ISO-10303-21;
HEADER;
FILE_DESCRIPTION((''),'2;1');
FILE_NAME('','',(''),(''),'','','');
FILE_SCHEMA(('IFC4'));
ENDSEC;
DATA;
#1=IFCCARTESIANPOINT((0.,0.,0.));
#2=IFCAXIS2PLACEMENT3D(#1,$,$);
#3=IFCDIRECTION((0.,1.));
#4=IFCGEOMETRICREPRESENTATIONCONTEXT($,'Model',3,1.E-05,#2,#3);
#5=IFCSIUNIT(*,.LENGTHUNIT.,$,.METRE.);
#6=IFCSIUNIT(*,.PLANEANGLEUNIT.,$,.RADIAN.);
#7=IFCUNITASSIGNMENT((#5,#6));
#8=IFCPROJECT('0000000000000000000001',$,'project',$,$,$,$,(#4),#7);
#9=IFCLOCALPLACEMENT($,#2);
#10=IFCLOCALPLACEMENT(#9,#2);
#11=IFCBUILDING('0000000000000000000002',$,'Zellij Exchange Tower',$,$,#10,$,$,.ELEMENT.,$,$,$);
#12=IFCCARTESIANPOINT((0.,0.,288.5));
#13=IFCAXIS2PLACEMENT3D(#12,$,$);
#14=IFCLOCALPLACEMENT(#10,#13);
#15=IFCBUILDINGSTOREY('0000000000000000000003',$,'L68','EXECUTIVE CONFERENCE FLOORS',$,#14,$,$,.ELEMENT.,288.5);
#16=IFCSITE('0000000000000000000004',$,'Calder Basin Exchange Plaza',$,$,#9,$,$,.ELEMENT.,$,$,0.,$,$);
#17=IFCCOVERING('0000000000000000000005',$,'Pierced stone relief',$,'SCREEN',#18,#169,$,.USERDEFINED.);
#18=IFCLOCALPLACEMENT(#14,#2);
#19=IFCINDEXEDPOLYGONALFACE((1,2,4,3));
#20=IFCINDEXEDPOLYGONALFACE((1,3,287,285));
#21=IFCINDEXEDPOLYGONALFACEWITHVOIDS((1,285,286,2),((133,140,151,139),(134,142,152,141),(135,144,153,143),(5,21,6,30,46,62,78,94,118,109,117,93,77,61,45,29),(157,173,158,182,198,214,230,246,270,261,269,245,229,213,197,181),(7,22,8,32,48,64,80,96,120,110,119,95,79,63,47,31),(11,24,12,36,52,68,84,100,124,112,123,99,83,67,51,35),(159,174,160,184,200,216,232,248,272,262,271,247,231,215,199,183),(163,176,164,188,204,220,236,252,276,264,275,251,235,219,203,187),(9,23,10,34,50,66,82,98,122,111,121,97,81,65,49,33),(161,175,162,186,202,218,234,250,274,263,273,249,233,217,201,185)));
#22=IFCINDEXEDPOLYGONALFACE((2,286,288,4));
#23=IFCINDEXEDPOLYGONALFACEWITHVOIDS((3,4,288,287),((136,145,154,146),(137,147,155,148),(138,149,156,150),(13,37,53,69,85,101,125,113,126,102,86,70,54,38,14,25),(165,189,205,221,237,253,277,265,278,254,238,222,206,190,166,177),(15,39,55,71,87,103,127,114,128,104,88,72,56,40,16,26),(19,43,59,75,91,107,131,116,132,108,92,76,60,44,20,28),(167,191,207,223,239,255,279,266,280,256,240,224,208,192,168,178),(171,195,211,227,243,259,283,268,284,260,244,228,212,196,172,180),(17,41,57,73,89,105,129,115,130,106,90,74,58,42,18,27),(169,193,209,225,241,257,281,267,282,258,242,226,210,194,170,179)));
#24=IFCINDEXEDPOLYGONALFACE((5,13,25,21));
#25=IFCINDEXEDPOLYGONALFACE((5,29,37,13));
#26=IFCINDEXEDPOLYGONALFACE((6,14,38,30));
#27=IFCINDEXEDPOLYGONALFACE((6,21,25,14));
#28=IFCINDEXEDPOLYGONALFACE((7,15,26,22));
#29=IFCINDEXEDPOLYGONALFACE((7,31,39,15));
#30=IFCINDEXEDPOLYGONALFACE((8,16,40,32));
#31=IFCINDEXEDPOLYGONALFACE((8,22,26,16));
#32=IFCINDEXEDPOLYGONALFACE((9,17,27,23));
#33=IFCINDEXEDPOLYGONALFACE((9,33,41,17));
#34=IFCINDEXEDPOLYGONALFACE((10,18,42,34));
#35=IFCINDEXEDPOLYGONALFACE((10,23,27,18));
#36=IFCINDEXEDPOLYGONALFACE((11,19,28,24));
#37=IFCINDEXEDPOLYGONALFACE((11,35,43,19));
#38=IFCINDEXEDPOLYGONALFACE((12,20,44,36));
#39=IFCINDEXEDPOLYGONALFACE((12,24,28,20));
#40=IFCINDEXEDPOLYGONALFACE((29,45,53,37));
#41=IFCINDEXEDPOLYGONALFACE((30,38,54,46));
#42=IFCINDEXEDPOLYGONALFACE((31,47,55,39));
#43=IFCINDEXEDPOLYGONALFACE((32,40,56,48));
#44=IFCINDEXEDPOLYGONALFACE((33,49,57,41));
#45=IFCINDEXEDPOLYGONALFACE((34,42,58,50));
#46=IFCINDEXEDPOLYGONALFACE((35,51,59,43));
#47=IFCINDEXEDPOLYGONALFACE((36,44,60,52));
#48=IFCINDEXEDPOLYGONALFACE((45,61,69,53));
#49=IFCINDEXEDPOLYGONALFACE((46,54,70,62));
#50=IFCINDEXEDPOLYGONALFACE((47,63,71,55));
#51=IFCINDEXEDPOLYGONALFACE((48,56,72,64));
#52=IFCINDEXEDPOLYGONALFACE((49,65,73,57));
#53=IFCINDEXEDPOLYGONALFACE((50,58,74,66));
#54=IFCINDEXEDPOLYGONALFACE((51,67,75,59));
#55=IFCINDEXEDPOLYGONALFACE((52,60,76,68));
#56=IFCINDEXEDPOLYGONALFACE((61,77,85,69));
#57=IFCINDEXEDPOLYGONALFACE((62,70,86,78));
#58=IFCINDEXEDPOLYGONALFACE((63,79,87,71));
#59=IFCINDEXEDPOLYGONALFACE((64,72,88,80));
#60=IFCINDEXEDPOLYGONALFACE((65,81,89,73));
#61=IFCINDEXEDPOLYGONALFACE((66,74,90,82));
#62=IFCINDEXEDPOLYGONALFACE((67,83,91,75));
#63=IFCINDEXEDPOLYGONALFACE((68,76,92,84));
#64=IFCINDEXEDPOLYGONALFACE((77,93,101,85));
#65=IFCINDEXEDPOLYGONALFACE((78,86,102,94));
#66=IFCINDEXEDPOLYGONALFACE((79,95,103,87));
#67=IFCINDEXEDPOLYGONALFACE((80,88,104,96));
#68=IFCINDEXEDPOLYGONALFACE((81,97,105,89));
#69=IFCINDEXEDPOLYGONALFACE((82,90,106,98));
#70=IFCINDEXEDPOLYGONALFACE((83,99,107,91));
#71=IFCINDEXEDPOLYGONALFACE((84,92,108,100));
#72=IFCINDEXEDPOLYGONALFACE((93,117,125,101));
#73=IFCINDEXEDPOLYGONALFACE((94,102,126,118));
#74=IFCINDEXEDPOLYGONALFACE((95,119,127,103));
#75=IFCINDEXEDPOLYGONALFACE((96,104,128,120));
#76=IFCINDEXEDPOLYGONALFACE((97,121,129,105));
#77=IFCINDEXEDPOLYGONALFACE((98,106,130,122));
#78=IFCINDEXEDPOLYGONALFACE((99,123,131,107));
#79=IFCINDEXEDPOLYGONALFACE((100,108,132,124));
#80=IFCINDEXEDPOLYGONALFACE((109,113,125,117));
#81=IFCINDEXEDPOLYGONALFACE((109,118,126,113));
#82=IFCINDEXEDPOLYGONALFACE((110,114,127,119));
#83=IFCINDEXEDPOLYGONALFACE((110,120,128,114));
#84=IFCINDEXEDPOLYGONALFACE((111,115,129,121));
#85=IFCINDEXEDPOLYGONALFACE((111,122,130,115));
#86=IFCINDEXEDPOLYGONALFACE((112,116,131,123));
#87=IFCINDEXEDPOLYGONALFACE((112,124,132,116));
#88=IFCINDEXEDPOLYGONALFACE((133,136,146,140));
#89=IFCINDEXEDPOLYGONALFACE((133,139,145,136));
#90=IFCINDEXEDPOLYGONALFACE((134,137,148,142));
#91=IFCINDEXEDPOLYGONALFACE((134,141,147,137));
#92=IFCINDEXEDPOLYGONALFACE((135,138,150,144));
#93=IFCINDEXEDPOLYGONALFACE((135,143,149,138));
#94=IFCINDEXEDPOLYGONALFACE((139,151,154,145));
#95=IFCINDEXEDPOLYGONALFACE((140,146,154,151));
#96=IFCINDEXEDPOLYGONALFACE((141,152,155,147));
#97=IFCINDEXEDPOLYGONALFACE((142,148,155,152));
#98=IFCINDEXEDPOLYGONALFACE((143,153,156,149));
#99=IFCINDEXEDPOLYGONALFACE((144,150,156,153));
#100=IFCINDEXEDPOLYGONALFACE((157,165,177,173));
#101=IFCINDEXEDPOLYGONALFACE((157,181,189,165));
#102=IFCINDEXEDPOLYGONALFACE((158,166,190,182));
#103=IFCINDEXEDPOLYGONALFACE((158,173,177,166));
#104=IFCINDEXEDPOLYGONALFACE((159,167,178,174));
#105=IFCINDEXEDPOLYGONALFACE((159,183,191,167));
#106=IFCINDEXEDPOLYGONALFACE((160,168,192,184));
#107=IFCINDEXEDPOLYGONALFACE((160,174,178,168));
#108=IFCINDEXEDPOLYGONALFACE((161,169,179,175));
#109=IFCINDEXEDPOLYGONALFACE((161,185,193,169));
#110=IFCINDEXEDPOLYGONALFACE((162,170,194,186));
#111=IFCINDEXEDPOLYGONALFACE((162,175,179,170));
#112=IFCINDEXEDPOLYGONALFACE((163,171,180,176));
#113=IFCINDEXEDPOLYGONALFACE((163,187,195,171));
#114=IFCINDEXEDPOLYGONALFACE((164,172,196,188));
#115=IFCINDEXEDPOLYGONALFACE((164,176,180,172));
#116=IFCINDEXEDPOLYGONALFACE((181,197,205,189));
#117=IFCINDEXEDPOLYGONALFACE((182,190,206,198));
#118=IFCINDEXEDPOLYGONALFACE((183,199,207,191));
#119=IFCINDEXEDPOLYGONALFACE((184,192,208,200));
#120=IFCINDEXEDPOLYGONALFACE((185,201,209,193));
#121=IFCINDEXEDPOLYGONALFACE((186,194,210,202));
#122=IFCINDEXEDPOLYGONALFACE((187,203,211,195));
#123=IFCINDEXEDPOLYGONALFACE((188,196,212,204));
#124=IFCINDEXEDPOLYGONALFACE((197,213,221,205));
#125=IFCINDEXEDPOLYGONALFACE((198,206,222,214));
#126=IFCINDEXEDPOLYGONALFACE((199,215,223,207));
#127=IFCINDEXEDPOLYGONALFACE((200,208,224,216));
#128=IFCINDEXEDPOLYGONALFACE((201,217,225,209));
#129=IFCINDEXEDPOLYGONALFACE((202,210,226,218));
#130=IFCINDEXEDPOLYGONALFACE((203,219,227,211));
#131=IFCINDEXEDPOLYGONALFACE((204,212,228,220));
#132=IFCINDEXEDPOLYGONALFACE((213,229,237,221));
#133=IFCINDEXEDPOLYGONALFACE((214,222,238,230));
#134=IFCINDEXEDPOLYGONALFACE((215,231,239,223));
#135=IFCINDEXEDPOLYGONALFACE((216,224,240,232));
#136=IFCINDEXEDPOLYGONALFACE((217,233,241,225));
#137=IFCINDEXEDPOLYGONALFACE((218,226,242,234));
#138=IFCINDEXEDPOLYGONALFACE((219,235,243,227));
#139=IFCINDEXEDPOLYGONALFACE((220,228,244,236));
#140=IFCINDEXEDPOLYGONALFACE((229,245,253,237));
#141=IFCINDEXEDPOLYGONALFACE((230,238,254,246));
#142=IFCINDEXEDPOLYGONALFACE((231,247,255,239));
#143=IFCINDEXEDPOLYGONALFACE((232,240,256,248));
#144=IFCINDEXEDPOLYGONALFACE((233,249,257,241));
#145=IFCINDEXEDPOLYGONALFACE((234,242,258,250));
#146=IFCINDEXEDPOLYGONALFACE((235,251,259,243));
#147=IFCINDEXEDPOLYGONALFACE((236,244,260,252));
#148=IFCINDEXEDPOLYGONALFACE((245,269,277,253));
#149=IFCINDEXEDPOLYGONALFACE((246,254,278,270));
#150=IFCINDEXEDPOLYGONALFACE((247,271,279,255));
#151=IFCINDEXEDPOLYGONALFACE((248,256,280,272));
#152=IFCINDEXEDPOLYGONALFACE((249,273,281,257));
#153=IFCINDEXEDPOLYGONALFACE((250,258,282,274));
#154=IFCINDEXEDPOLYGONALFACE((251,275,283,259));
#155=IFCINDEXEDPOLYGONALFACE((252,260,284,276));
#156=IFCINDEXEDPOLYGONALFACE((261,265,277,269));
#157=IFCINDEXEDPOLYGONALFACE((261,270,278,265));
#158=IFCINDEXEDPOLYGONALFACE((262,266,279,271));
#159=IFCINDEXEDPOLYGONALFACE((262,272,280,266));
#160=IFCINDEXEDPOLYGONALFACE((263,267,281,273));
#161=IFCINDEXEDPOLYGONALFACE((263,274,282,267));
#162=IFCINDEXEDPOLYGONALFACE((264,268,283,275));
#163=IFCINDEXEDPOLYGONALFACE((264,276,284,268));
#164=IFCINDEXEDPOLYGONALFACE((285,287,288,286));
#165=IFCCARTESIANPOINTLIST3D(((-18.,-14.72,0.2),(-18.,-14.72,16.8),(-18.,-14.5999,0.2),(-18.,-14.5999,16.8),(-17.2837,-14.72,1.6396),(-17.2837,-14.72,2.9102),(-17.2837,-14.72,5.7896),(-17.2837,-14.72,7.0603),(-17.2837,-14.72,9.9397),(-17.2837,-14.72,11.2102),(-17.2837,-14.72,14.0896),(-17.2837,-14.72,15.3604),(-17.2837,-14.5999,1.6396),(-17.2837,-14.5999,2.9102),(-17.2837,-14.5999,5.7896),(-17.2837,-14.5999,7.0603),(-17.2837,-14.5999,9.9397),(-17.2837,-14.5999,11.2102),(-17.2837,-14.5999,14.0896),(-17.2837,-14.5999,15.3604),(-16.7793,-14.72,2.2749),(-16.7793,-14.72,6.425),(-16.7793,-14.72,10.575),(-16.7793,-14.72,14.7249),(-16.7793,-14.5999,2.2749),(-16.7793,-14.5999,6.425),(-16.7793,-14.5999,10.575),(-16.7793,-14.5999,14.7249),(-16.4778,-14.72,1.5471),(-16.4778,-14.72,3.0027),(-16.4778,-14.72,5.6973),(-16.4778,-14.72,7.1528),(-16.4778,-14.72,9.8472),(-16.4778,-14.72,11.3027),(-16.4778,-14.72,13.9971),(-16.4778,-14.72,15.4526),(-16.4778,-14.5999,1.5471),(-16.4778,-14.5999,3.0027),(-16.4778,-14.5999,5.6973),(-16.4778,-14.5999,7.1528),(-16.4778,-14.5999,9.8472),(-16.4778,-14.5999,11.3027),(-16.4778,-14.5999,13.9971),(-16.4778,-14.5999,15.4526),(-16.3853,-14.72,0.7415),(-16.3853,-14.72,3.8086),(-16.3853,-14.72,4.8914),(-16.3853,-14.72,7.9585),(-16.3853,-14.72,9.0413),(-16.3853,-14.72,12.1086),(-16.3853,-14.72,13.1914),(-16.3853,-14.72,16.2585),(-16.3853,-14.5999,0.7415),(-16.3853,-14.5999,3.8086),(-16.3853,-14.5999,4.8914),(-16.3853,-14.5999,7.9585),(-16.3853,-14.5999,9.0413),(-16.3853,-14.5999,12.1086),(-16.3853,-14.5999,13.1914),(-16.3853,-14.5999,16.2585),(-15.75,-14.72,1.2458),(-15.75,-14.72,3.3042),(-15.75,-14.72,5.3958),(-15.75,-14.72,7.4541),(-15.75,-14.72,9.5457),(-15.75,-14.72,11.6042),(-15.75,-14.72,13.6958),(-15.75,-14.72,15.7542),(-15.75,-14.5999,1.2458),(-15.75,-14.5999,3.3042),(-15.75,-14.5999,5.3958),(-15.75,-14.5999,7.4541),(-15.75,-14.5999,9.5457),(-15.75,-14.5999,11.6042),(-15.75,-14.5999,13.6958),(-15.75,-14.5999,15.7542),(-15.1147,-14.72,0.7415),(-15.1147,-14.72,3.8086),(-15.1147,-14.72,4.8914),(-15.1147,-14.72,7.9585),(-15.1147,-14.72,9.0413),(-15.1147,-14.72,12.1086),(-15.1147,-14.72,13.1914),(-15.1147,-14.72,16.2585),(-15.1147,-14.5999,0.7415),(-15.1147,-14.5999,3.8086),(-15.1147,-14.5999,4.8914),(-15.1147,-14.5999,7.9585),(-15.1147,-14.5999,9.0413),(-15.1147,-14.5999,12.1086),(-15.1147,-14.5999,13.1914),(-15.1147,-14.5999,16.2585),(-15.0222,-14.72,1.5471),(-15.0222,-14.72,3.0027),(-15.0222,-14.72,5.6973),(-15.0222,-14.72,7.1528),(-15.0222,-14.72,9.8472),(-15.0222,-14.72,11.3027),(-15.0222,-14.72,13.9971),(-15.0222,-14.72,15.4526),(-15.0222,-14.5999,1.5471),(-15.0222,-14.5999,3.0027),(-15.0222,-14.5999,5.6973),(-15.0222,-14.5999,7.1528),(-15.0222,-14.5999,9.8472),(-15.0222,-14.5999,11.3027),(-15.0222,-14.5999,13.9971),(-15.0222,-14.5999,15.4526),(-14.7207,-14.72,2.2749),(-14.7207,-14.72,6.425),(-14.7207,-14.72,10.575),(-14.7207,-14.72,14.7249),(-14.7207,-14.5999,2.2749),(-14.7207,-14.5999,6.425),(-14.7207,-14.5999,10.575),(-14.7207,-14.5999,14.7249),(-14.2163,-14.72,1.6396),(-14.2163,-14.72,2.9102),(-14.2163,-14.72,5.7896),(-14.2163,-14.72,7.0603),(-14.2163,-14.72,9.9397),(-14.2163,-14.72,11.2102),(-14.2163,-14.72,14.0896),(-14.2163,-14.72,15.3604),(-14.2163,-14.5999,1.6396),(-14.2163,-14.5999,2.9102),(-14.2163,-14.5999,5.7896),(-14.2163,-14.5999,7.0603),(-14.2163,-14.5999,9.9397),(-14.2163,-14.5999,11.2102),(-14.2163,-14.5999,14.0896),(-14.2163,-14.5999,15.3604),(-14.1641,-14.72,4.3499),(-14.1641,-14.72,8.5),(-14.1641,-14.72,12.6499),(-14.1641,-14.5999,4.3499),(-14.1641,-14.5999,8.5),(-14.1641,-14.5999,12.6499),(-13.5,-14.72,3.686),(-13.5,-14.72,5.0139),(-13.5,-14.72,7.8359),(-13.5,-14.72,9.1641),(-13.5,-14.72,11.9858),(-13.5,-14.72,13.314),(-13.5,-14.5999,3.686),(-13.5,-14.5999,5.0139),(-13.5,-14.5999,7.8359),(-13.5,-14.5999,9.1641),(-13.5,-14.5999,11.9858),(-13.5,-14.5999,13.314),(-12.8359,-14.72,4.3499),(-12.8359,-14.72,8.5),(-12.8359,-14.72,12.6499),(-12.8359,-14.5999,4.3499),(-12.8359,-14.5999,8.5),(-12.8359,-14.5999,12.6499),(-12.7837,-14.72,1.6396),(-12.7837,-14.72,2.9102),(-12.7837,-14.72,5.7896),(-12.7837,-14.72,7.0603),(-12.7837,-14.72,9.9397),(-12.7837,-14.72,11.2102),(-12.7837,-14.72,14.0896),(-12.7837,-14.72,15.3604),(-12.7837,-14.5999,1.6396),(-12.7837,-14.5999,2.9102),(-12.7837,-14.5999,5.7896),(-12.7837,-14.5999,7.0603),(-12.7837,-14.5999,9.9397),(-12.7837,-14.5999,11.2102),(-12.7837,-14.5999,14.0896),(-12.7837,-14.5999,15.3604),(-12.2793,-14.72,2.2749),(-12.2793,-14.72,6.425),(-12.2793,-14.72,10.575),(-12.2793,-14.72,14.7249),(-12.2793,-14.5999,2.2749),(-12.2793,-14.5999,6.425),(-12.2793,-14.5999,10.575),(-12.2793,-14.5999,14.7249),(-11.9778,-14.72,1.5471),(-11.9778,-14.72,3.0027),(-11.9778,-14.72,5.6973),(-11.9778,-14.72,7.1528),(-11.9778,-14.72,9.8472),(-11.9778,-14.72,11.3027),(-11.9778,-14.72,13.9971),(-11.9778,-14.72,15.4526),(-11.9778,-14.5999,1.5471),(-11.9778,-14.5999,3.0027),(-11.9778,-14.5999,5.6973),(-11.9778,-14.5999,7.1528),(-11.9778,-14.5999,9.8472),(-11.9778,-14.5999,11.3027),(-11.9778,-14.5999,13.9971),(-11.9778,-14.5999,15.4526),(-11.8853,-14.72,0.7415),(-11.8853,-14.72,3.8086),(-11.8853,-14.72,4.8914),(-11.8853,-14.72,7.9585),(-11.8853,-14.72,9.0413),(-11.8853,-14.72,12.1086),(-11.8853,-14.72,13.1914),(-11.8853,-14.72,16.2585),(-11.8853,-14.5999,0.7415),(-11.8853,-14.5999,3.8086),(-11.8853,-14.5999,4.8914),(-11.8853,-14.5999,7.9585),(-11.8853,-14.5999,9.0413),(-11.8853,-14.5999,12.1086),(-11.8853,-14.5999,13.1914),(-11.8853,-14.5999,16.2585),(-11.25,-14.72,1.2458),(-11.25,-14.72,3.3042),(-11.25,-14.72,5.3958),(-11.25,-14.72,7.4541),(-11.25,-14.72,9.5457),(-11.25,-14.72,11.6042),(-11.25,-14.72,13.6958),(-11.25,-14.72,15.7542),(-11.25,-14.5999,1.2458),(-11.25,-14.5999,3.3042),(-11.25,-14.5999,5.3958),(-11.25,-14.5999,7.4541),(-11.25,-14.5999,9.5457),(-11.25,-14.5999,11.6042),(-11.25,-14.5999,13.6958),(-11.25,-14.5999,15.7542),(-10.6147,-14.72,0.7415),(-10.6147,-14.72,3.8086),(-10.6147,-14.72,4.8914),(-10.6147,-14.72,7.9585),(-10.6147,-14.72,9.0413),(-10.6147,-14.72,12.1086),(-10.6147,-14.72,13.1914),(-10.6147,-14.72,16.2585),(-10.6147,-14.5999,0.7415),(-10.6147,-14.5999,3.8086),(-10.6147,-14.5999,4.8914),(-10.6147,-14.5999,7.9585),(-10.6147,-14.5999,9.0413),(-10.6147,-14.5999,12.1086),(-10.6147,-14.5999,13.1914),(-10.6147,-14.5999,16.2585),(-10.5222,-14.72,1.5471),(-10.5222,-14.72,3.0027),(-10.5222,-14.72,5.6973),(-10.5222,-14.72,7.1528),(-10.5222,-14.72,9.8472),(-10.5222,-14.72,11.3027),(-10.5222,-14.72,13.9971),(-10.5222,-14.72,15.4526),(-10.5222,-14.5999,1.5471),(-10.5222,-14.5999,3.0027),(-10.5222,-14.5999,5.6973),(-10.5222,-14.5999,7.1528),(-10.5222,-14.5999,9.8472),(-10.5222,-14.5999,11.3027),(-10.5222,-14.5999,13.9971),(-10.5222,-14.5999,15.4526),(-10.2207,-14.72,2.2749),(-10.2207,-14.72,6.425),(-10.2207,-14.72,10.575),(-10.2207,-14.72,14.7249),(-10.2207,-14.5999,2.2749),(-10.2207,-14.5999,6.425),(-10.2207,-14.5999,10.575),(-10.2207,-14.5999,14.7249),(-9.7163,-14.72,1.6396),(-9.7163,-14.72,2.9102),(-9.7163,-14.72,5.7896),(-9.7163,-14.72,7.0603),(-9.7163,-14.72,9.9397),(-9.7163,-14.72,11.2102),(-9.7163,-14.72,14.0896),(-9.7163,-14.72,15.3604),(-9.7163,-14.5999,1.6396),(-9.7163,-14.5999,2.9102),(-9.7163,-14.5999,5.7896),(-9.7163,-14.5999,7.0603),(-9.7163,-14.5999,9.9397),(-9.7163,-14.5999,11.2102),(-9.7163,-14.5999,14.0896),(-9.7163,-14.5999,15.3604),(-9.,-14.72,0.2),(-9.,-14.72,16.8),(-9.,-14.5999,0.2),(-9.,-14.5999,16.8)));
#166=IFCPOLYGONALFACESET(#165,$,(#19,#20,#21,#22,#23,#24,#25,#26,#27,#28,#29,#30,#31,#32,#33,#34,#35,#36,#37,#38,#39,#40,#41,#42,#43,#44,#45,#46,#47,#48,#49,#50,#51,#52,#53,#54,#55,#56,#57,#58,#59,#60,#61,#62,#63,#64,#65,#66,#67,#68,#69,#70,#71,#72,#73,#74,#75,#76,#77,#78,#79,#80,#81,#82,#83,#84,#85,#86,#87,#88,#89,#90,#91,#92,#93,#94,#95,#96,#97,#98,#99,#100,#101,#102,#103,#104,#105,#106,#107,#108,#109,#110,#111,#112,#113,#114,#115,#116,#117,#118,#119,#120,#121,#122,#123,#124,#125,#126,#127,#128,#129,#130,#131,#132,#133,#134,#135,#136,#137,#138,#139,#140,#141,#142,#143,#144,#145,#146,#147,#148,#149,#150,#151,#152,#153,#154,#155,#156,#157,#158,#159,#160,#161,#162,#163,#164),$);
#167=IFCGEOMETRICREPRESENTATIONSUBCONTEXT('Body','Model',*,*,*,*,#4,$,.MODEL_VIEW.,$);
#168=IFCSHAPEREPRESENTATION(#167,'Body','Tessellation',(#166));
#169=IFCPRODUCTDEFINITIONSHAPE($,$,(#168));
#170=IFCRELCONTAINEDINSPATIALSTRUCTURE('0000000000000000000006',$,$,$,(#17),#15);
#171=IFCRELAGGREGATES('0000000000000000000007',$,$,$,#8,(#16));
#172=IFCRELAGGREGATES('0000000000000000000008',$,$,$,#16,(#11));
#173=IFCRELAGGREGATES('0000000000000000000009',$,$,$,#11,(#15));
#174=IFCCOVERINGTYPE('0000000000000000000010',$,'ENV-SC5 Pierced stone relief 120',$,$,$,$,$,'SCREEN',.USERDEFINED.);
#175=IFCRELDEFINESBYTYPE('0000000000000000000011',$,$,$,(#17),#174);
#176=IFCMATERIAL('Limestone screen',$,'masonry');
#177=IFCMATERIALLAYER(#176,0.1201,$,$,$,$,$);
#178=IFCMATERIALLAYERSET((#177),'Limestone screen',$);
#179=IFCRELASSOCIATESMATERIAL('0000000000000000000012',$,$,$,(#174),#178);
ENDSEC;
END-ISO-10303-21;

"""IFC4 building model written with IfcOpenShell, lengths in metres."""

from ifc_helpers import new_model, si_unit, direction, frame, origin, place, context, subcontext, project, spatial, polyline, outline, extrude, material, layer, layer_set, type_object, element, save


model = new_model("IFC4")

# Units and contexts
model_context = context("Model", 3, precision=1e-05, world=origin(), true_north=direction((0.0, 1.0)))
body_context = subcontext(model_context, "Body", "Model", "MODEL_VIEW")
ifc_project = project(units=[si_unit("LENGTHUNIT", "METRE"), si_unit("PLANEANGLEUNIT", "RADIAN")], contexts=[model_context])

# Site, building, storey
site_placement = place(None, origin())
site = spatial("IfcSite", under=ifc_project, at=site_placement, Name="Calder Basin Exchange Plaza", CompositionType="ELEMENT", RefElevation=0.0)
building_placement = place(site_placement, origin())
building = spatial("IfcBuilding", under=site, at=building_placement, Name="Zellij Exchange Tower", CompositionType="ELEMENT")
storey_placement = place(building_placement, frame((0.0, 0.0, 288.5)))
storey = spatial("IfcBuildingStorey", under=building, at=storey_placement, Name="L68", Description="EXECUTIVE CONFERENCE FLOORS", CompositionType="ELEMENT", Elevation=288.5)

# Covering
ifc_material_1 = material(Name="Limestone screen", Category="masonry")
ifc_layer_1 = layer(ifc_material_1, 0.1201)
ifc_layer_set_1 = layer_set([ifc_layer_1], Name="Limestone screen")
covering_type = type_object("IfcCoveringType", Name="ENV-SC5 Pierced stone relief 120", ElementType="SCREEN", PredefinedType="USERDEFINED", material=ifc_layer_set_1)
covering_1_placement = place(storey_placement, frame((-18.0, -14.6599, 0.2), z_axis=(0.0, 0.0, 1.0), x_axis=(1.0, 0.0, 0.0)))
element("IfcCovering", 1, at=covering_1_placement, inside=storey, type_object=covering_type, Name="Pierced stone relief", ObjectType="SCREEN", PredefinedType="USERDEFINED", context=body_context, shape_type="SweptSolid", body=[
    extrude(outline(polyline([(0.0, 0.0), (9.0, 0.0), (9.0, 16.6001), (0.0, 16.6001), (0.0, 0.0)]), holes=[polyline([(3.7837, 2.7102), (2.9778, 2.8027), (2.8853, 3.6086), (2.25, 3.1042), (1.6147, 3.6086), (1.5222, 2.8027), (0.7163, 2.7102), (1.2207, 2.075), (0.7163, 1.4397), (1.5222, 1.3472), (1.6147, 0.5415), (2.25, 1.0459), (2.8853, 0.5415), (2.9778, 1.3472), (3.7837, 1.4397), (3.2793, 2.075), (3.7837, 2.7102)]), polyline([(3.7837, 6.8604), (2.9778, 6.9529), (2.8853, 7.7585), (2.25, 7.2542), (1.6147, 7.7585), (1.5222, 6.9529), (0.7163, 6.8604), (1.2207, 6.2251), (0.7163, 5.5896), (1.5222, 5.4973), (1.6147, 4.6914), (2.25, 5.1958), (2.8853, 4.6914), (2.9778, 5.4973), (3.7837, 5.5896), (3.2793, 6.2251), (3.7837, 6.8604)]), polyline([(3.7837, 11.0103), (2.9778, 11.1028), (2.8853, 11.9087), (2.25, 11.4043), (1.6147, 11.9087), (1.5222, 11.1028), (0.7163, 11.0103), (1.2207, 10.375), (0.7163, 9.7397), (1.5222, 9.6472), (1.6147, 8.8413), (2.25, 9.3457), (2.8853, 8.8413), (2.9778, 9.6472), (3.7837, 9.7397), (3.2793, 10.375), (3.7837, 11.0103)]), polyline([(3.7837, 15.1604), (2.9778, 15.2527), (2.8853, 16.0586), (2.25, 15.5542), (1.6147, 16.0586), (1.5222, 15.2527), (0.7163, 15.1604), (1.2207, 14.5249), (0.7163, 13.8896), (1.5222, 13.7971), (1.6147, 12.9915), (2.25, 13.4958), (2.8853, 12.9915), (2.9778, 13.7971), (3.7837, 13.8896), (3.2793, 14.5249), (3.7837, 15.1604)]), polyline([(8.2837, 2.7102), (7.4778, 2.8027), (7.3853, 3.6086), (6.75, 3.1042), (6.1147, 3.6086), (6.0222, 2.8027), (5.2163, 2.7102), (5.7207, 2.075), (5.2163, 1.4397), (6.0222, 1.3472), (6.1147, 0.5415), (6.75, 1.0459), (7.3853, 0.5415), (7.4778, 1.3472), (8.2837, 1.4397), (7.7793, 2.075), (8.2837, 2.7102)]), polyline([(8.2837, 6.8604), (7.4778, 6.9529), (7.3853, 7.7585), (6.75, 7.2542), (6.1147, 7.7585), (6.0222, 6.9529), (5.2163, 6.8604), (5.7207, 6.2251), (5.2163, 5.5896), (6.0222, 5.4973), (6.1147, 4.6914), (6.75, 5.1958), (7.3853, 4.6914), (7.4778, 5.4973), (8.2837, 5.5896), (7.7793, 6.2251), (8.2837, 6.8604)]), polyline([(8.2837, 11.0103), (7.4778, 11.1028), (7.3853, 11.9087), (6.75, 11.4043), (6.1147, 11.9087), (6.0222, 11.1028), (5.2163, 11.0103), (5.7207, 10.375), (5.2163, 9.7397), (6.0222, 9.6472), (6.1147, 8.8413), (6.75, 9.3457), (7.3853, 8.8413), (7.4778, 9.6472), (8.2837, 9.7397), (7.7793, 10.375), (8.2837, 11.0103)]), polyline([(8.2837, 15.1604), (7.4778, 15.2527), (7.3853, 16.0586), (6.75, 15.5542), (6.1147, 16.0586), (6.0222, 15.2527), (5.2163, 15.1604), (5.7207, 14.5249), (5.2163, 13.8896), (6.0222, 13.7971), (6.1147, 12.9915), (6.75, 13.4958), (7.3853, 12.9915), (7.4778, 13.7971), (8.2837, 13.8896), (7.7793, 14.5249), (8.2837, 15.1604)]), polyline([(5.1641, 4.1499), (4.5, 4.814), (3.8359, 4.1499), (4.5, 3.4861), (5.1641, 4.1499)]), polyline([(5.1641, 8.3), (4.5, 8.9641), (3.8359, 8.3), (4.5, 7.636), (5.1641, 8.3)]), polyline([(5.1641, 12.45), (4.5, 13.114), (3.8359, 12.45), (4.5, 11.7859), (5.1641, 12.45)])]), frame((0.0, 0.0601, 0.0), z_axis=(0.0, -1.0, 0.0), x_axis=(1.0, 0.0, 0.0)), (0.0, 0.0, 1.0), 0.1201),
])

save(model, "model.ifc")
